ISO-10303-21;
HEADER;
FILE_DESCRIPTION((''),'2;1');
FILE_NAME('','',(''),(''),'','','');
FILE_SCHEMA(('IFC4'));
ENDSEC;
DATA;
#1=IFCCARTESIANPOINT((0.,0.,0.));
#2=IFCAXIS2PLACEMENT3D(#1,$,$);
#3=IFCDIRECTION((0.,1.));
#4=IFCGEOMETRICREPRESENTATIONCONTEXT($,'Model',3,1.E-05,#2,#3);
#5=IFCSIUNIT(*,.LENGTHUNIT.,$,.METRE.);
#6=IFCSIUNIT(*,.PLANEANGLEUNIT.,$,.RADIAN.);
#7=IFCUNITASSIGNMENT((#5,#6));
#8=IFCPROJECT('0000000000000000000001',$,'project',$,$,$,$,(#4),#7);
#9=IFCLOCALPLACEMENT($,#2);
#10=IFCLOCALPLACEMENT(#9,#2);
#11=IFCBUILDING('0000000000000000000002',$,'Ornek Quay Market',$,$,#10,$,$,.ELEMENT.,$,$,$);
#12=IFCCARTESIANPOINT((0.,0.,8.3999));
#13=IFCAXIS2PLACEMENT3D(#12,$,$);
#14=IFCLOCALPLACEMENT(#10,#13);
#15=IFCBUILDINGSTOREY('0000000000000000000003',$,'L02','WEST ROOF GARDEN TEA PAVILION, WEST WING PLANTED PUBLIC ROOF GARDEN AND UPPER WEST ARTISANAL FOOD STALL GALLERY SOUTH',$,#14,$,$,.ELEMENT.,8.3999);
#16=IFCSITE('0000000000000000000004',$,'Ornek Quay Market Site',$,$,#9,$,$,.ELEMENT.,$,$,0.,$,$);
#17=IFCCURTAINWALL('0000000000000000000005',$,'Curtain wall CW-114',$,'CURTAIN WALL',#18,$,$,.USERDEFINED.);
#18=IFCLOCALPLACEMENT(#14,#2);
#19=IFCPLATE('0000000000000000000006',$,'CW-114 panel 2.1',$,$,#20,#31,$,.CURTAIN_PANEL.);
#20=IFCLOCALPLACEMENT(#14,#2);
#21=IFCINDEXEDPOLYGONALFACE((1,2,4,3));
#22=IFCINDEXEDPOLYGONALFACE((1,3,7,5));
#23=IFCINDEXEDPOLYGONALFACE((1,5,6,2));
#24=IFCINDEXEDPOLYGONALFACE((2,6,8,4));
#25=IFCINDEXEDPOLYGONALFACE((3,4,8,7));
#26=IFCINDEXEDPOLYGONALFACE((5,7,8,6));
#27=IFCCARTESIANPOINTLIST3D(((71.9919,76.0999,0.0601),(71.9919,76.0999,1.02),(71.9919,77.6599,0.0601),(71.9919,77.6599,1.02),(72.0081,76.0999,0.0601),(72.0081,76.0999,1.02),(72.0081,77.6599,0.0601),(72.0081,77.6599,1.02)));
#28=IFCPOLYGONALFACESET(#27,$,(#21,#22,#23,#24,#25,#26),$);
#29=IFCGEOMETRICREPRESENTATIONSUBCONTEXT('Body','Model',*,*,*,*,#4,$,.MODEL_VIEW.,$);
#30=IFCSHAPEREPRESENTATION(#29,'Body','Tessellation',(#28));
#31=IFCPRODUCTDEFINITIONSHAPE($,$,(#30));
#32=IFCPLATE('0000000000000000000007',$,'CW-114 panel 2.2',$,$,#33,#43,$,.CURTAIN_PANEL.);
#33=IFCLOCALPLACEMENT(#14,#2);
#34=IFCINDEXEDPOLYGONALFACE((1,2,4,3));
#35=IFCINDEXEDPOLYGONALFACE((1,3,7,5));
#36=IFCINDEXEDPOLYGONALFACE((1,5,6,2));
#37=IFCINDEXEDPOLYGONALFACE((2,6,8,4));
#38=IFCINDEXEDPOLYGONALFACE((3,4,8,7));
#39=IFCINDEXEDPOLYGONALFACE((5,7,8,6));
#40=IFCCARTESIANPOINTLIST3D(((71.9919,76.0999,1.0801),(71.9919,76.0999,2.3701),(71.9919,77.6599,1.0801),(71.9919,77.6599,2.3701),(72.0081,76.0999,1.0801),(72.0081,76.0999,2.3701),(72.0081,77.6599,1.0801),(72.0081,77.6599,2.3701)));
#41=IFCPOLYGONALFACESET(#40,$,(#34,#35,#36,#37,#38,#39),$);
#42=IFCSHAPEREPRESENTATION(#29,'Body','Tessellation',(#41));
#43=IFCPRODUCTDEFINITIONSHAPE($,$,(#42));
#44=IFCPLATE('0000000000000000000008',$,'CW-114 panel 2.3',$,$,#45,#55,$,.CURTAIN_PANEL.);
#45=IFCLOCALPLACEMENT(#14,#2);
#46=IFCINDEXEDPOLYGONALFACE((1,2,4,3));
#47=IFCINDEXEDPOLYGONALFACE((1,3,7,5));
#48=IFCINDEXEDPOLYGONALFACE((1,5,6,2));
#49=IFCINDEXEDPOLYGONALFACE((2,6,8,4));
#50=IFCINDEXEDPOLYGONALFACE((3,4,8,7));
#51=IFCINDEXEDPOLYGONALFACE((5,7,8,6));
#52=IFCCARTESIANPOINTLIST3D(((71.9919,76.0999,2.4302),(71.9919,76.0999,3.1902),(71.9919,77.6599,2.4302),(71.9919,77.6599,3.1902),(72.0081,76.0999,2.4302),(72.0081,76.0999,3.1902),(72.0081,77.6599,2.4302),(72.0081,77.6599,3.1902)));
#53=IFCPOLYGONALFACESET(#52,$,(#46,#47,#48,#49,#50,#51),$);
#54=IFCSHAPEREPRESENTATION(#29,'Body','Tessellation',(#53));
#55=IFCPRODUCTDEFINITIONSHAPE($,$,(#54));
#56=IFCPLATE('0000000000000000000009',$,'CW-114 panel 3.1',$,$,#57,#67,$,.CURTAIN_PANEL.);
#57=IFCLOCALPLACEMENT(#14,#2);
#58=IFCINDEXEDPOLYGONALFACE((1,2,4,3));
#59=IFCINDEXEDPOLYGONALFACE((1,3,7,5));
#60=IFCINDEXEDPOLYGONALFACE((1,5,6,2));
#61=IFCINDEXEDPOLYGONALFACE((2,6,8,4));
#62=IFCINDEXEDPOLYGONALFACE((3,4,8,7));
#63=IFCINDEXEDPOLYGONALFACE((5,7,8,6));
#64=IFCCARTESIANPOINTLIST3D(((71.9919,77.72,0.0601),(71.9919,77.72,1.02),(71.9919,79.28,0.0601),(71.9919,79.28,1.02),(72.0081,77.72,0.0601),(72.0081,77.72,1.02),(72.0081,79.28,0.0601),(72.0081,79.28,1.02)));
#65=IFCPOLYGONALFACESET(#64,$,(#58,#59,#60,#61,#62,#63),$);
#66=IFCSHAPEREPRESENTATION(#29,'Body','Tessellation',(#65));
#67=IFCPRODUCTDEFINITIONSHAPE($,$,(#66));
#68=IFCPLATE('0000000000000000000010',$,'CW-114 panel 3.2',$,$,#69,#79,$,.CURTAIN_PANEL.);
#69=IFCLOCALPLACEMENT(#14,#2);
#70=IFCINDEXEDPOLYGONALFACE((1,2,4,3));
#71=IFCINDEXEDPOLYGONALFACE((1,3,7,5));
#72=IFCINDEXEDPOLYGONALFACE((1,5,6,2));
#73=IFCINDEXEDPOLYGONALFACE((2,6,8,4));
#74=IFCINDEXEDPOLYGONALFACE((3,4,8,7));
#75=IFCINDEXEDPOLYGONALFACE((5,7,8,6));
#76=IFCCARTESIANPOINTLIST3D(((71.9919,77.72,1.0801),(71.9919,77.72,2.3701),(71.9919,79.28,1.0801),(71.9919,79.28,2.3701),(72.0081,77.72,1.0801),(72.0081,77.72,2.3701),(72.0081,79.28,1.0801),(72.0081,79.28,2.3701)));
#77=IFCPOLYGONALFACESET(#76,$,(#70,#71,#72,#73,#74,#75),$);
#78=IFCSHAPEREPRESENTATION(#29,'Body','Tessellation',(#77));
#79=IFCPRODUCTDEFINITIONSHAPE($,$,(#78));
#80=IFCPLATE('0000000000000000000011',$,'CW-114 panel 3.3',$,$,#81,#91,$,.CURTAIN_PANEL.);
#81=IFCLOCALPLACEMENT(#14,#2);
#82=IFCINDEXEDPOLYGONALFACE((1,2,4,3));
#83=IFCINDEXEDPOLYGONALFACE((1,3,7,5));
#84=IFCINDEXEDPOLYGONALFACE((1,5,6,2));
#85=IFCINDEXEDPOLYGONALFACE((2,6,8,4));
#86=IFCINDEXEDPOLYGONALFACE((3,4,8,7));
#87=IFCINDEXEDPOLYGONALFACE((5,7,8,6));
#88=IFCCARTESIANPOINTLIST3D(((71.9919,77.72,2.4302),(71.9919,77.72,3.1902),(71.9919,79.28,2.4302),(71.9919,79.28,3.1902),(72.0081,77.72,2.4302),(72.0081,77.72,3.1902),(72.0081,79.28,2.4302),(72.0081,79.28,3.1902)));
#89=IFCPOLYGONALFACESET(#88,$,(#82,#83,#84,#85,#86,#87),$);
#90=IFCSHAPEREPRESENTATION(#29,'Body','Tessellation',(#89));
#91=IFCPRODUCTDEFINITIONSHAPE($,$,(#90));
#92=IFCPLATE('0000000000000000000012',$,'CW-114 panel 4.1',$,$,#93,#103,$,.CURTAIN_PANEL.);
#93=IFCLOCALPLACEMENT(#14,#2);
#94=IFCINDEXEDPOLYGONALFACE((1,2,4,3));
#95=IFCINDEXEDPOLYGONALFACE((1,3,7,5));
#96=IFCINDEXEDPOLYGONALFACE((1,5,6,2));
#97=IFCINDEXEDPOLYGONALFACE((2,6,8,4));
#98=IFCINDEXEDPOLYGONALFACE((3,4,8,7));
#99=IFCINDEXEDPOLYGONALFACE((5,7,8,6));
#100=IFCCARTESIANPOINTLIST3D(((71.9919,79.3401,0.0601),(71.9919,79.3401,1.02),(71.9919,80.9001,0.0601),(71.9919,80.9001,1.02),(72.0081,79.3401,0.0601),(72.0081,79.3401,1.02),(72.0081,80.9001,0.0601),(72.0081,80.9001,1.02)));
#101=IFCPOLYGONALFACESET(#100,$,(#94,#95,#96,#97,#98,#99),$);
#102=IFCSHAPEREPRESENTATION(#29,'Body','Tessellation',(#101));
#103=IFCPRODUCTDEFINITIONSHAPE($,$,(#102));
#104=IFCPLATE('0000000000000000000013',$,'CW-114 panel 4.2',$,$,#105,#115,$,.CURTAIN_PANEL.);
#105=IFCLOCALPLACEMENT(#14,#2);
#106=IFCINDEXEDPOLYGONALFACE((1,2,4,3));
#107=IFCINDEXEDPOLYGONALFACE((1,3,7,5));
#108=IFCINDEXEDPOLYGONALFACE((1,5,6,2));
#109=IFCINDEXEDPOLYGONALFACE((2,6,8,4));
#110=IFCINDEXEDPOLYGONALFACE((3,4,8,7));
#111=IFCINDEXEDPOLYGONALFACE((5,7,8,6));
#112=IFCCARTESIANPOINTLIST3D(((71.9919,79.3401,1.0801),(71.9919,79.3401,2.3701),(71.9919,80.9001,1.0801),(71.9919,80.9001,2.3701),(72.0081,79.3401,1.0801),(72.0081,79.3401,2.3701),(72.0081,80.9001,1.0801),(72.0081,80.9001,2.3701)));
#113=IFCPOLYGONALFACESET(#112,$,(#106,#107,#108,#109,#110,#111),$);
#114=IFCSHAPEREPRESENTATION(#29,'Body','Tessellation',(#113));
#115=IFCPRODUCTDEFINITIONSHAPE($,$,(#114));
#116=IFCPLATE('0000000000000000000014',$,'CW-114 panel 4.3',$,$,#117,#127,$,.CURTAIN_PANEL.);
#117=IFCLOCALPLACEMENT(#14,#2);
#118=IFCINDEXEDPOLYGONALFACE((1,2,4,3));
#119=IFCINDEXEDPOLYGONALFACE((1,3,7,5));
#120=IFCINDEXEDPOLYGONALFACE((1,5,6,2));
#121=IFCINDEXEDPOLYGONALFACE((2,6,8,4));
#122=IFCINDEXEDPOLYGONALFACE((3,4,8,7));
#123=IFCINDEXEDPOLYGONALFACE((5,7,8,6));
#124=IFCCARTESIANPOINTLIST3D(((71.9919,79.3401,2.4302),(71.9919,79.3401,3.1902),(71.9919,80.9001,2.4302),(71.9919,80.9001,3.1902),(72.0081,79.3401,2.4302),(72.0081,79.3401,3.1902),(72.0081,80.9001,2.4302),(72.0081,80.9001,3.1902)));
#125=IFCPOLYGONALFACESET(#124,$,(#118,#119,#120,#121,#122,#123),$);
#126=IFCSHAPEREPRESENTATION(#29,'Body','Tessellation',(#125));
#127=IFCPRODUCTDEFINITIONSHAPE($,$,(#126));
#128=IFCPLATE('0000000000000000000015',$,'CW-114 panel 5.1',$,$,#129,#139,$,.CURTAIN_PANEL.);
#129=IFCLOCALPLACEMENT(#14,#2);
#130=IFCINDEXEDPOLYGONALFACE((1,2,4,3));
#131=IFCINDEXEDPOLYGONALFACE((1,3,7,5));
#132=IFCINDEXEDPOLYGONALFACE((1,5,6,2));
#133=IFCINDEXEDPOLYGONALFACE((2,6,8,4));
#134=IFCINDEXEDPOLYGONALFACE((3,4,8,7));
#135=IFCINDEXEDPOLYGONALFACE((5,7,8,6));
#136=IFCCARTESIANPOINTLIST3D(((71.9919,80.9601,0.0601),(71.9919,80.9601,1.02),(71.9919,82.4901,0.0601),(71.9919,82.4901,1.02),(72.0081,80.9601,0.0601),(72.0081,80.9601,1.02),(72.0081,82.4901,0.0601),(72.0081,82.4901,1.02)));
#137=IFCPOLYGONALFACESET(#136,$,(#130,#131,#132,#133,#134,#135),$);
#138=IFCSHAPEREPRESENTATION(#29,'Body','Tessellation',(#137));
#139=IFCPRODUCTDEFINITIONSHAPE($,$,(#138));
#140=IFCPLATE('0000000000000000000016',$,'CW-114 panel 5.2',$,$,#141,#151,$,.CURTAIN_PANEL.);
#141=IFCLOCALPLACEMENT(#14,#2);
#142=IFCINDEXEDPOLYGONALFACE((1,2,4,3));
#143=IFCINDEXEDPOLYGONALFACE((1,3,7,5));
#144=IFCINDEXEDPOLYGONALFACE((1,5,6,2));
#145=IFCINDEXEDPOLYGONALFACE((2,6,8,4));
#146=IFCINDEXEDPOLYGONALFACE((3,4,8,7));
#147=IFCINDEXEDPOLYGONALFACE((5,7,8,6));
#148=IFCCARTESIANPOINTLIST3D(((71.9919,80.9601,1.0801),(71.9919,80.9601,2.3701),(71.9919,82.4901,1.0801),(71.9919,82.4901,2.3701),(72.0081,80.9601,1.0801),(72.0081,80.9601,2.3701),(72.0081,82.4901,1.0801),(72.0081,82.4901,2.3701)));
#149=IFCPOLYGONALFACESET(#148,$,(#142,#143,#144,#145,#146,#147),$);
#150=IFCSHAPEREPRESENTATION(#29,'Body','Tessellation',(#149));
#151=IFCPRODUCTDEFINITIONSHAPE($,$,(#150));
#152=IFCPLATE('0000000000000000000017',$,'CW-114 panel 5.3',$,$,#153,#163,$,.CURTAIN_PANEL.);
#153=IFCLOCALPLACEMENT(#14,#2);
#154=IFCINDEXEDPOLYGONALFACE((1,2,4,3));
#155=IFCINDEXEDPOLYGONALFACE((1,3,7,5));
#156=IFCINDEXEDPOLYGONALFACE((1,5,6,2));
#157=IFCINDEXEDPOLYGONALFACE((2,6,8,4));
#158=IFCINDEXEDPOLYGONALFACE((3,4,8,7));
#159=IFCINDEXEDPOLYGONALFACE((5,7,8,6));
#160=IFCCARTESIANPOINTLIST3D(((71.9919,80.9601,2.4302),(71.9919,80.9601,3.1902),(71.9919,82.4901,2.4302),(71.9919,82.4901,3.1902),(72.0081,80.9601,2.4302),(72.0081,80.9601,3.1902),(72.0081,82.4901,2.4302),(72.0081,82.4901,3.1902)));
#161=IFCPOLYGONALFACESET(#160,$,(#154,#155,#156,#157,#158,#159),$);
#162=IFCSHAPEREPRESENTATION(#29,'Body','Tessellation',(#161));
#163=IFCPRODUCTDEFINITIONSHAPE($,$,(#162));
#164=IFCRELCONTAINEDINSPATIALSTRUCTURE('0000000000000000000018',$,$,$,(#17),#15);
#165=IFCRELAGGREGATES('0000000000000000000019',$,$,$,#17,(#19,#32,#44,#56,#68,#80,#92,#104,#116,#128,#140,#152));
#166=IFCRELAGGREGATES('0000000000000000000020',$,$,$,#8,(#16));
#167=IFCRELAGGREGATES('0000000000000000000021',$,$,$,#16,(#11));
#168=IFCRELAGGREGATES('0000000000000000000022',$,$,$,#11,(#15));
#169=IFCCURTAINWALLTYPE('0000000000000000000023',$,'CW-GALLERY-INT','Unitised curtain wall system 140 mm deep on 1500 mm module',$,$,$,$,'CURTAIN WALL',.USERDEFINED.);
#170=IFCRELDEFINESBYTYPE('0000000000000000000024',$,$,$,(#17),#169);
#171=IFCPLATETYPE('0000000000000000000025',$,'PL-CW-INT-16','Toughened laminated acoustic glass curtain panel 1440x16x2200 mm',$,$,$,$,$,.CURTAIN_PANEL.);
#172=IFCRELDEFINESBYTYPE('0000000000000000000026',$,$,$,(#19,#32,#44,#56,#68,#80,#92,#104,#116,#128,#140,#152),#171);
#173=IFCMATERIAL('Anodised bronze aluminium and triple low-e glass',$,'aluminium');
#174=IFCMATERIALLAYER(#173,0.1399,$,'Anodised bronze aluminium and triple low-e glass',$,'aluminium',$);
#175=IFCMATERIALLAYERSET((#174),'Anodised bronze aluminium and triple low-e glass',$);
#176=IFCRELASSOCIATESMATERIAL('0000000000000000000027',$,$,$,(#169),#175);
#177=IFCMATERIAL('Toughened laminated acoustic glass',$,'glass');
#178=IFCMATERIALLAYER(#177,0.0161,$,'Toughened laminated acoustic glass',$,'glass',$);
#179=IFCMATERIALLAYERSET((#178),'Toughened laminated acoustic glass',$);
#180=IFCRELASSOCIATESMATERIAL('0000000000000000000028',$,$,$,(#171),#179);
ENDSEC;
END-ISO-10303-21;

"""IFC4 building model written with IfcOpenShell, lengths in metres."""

from ifc_helpers import new_model, si_unit, direction, frame, origin, origin_2d, place, context, subcontext, project, spatial, rectangle, extrude, material, layer, layer_set, type_object, element, aggregate, save


model = new_model("IFC4")

# Units and contexts
model_context = context("Model", 3, precision=1e-05, world=origin(), true_north=direction((0.0, 1.0)))
body_context = subcontext(model_context, "Body", "Model", "MODEL_VIEW")
ifc_project = project(units=[si_unit("LENGTHUNIT", "METRE"), si_unit("PLANEANGLEUNIT", "RADIAN")], contexts=[model_context])

# Site, building, storey
site_placement = place(None, origin())
site = spatial("IfcSite", under=ifc_project, at=site_placement, Name="Ornek Quay Market Site", CompositionType="ELEMENT", RefElevation=0.0)
building_placement = place(site_placement, origin())
building = spatial("IfcBuilding", under=site, at=building_placement, Name="Ornek Quay Market", CompositionType="ELEMENT")
storey_placement = place(building_placement, frame((0.0, 0.0, 8.3999)))
storey = spatial("IfcBuildingStorey", under=building, at=storey_placement, Name="L02", Description="WEST ROOF GARDEN TEA PAVILION, WEST WING PLANTED PUBLIC ROOF GARDEN AND UPPER WEST ARTISANAL FOOD STALL GALLERY SOUTH", CompositionType="ELEMENT", Elevation=8.3999)

# Curtain wall, plates
ifc_material_1 = material(Name="Anodised bronze aluminium and triple low-e glass", Category="aluminium")
ifc_layer_1 = layer(ifc_material_1, 0.1399, Name="Anodised bronze aluminium and triple low-e glass", Category="aluminium")
ifc_layer_set_1 = layer_set([ifc_layer_1], Name="Anodised bronze aluminium and triple low-e glass")
curtain_wall_type = type_object("IfcCurtainWallType", Name="CW-GALLERY-INT", Description="Unitised curtain wall system 140 mm deep on 1500 mm module", ElementType="CURTAIN WALL", PredefinedType="USERDEFINED", material=ifc_layer_set_1)
curtain_wall_placement = place(storey_placement, origin())
curtain_wall = element("IfcCurtainWall", 1, at=curtain_wall_placement, inside=storey, type_object=curtain_wall_type, Name="Curtain wall CW-114", ObjectType="CURTAIN WALL", PredefinedType="USERDEFINED")
ifc_material_2 = material(Name="Toughened laminated acoustic glass", Category="glass")
ifc_layer_2 = layer(ifc_material_2, 0.0161, Name="Toughened laminated acoustic glass", Category="glass")
ifc_layer_set_2 = layer_set([ifc_layer_2], Name="Toughened laminated acoustic glass")
plate_type = type_object("IfcPlateType", Name="PL-CW-INT-16", Description="Toughened laminated acoustic glass curtain panel 1440x16x2200 mm", PredefinedType="CURTAIN_PANEL", material=ifc_layer_set_2)
plate_1_placement = place(storey_placement, frame((72.0, 76.8799, 0.0601), z_axis=(0.0, 0.0, 1.0), x_axis=(0.0, 1.0, 0.0)))
plate_1 = element("IfcPlate", 2, at=plate_1_placement, type_object=plate_type, Name="CW-114 panel 2.1", PredefinedType="CURTAIN_PANEL", context=body_context, shape_type="SweptSolid", body=[
    extrude(rectangle(XDim=1.5601, YDim=0.0161, at=origin_2d()), origin(), (0.0, 0.0, 1.0), 0.96),
])
plate_2_placement = place(storey_placement, frame((72.0, 76.8799, 1.0801), z_axis=(0.0, 0.0, 1.0), x_axis=(0.0, 1.0, 0.0)))
plate_2 = element("IfcPlate", 3, at=plate_2_placement, type_object=plate_type, Name="CW-114 panel 2.2", PredefinedType="CURTAIN_PANEL", context=body_context, shape_type="SweptSolid", body=[
    extrude(rectangle(XDim=1.5601, YDim=0.0161, at=origin_2d()), origin(), (0.0, 0.0, 1.0), 1.29),
])
plate_3_placement = place(storey_placement, frame((72.0, 76.8799, 2.4302), z_axis=(0.0, 0.0, 1.0), x_axis=(0.0, 1.0, 0.0)))
plate_3 = element("IfcPlate", 4, at=plate_3_placement, type_object=plate_type, Name="CW-114 panel 2.3", PredefinedType="CURTAIN_PANEL", context=body_context, shape_type="SweptSolid", body=[
    extrude(rectangle(XDim=1.5601, YDim=0.0161, at=origin_2d()), origin(), (0.0, 0.0, 1.0), 0.76),
])
plate_4_placement = place(storey_placement, frame((72.0, 78.5, 0.0601), z_axis=(0.0, 0.0, 1.0), x_axis=(0.0, 1.0, 0.0)))
plate_4 = element("IfcPlate", 5, at=plate_4_placement, type_object=plate_type, Name="CW-114 panel 3.1", PredefinedType="CURTAIN_PANEL", context=body_context, shape_type="SweptSolid", body=[
    extrude(rectangle(XDim=1.5601, YDim=0.0161, at=origin_2d()), origin(), (0.0, 0.0, 1.0), 0.96),
])
plate_5_placement = place(storey_placement, frame((72.0, 78.5, 1.0801), z_axis=(0.0, 0.0, 1.0), x_axis=(0.0, 1.0, 0.0)))
plate_5 = element("IfcPlate", 6, at=plate_5_placement, type_object=plate_type, Name="CW-114 panel 3.2", PredefinedType="CURTAIN_PANEL", context=body_context, shape_type="SweptSolid", body=[
    extrude(rectangle(XDim=1.5601, YDim=0.0161, at=origin_2d()), origin(), (0.0, 0.0, 1.0), 1.29),
])
plate_6_placement = place(storey_placement, frame((72.0, 78.5, 2.4302), z_axis=(0.0, 0.0, 1.0), x_axis=(0.0, 1.0, 0.0)))
plate_6 = element("IfcPlate", 7, at=plate_6_placement, type_object=plate_type, Name="CW-114 panel 3.3", PredefinedType="CURTAIN_PANEL", context=body_context, shape_type="SweptSolid", body=[
    extrude(rectangle(XDim=1.5601, YDim=0.0161, at=origin_2d()), origin(), (0.0, 0.0, 1.0), 0.76),
])
plate_7_placement = place(storey_placement, frame((72.0, 80.1201, 0.0601), z_axis=(0.0, 0.0, 1.0), x_axis=(0.0, 1.0, 0.0)))
plate_7 = element("IfcPlate", 8, at=plate_7_placement, type_object=plate_type, Name="CW-114 panel 4.1", PredefinedType="CURTAIN_PANEL", context=body_context, shape_type="SweptSolid", body=[
    extrude(rectangle(XDim=1.5601, YDim=0.0161, at=origin_2d()), origin(), (0.0, 0.0, 1.0), 0.96),
])
plate_8_placement = place(storey_placement, frame((72.0, 80.1201, 1.0801), z_axis=(0.0, 0.0, 1.0), x_axis=(0.0, 1.0, 0.0)))
plate_8 = element("IfcPlate", 9, at=plate_8_placement, type_object=plate_type, Name="CW-114 panel 4.2", PredefinedType="CURTAIN_PANEL", context=body_context, shape_type="SweptSolid", body=[
    extrude(rectangle(XDim=1.5601, YDim=0.0161, at=origin_2d()), origin(), (0.0, 0.0, 1.0), 1.29),
])
plate_9_placement = place(storey_placement, frame((72.0, 80.1201, 2.4302), z_axis=(0.0, 0.0, 1.0), x_axis=(0.0, 1.0, 0.0)))
plate_9 = element("IfcPlate", 10, at=plate_9_placement, type_object=plate_type, Name="CW-114 panel 4.3", PredefinedType="CURTAIN_PANEL", context=body_context, shape_type="SweptSolid", body=[
    extrude(rectangle(XDim=1.5601, YDim=0.0161, at=origin_2d()), origin(), (0.0, 0.0, 1.0), 0.76),
])
plate_10_placement = place(storey_placement, frame((72.0, 81.7251, 0.0601), z_axis=(0.0, 0.0, 1.0), x_axis=(0.0, 1.0, 0.0)))
plate_10 = element("IfcPlate", 11, at=plate_10_placement, type_object=plate_type, Name="CW-114 panel 5.1", PredefinedType="CURTAIN_PANEL", context=body_context, shape_type="SweptSolid", body=[
    extrude(rectangle(XDim=1.53, YDim=0.0161, at=origin_2d()), origin(), (0.0, 0.0, 1.0), 0.96),
])
plate_11_placement = place(storey_placement, frame((72.0, 81.7251, 1.0801), z_axis=(0.0, 0.0, 1.0), x_axis=(0.0, 1.0, 0.0)))
plate_11 = element("IfcPlate", 12, at=plate_11_placement, type_object=plate_type, Name="CW-114 panel 5.2", PredefinedType="CURTAIN_PANEL", context=body_context, shape_type="SweptSolid", body=[
    extrude(rectangle(XDim=1.53, YDim=0.0161, at=origin_2d()), origin(), (0.0, 0.0, 1.0), 1.29),
])
plate_12_placement = place(storey_placement, frame((72.0, 81.7251, 2.4302), z_axis=(0.0, 0.0, 1.0), x_axis=(0.0, 1.0, 0.0)))
plate_12 = element("IfcPlate", 13, at=plate_12_placement, type_object=plate_type, Name="CW-114 panel 5.3", PredefinedType="CURTAIN_PANEL", context=body_context, shape_type="SweptSolid", body=[
    extrude(rectangle(XDim=1.53, YDim=0.0161, at=origin_2d()), origin(), (0.0, 0.0, 1.0), 0.76),
])
aggregate(curtain_wall, [plate_1, plate_2, plate_3, plate_4, plate_5, plate_6, plate_7, plate_8, plate_9, plate_10, plate_11, plate_12])

save(model, "model.ifc")
